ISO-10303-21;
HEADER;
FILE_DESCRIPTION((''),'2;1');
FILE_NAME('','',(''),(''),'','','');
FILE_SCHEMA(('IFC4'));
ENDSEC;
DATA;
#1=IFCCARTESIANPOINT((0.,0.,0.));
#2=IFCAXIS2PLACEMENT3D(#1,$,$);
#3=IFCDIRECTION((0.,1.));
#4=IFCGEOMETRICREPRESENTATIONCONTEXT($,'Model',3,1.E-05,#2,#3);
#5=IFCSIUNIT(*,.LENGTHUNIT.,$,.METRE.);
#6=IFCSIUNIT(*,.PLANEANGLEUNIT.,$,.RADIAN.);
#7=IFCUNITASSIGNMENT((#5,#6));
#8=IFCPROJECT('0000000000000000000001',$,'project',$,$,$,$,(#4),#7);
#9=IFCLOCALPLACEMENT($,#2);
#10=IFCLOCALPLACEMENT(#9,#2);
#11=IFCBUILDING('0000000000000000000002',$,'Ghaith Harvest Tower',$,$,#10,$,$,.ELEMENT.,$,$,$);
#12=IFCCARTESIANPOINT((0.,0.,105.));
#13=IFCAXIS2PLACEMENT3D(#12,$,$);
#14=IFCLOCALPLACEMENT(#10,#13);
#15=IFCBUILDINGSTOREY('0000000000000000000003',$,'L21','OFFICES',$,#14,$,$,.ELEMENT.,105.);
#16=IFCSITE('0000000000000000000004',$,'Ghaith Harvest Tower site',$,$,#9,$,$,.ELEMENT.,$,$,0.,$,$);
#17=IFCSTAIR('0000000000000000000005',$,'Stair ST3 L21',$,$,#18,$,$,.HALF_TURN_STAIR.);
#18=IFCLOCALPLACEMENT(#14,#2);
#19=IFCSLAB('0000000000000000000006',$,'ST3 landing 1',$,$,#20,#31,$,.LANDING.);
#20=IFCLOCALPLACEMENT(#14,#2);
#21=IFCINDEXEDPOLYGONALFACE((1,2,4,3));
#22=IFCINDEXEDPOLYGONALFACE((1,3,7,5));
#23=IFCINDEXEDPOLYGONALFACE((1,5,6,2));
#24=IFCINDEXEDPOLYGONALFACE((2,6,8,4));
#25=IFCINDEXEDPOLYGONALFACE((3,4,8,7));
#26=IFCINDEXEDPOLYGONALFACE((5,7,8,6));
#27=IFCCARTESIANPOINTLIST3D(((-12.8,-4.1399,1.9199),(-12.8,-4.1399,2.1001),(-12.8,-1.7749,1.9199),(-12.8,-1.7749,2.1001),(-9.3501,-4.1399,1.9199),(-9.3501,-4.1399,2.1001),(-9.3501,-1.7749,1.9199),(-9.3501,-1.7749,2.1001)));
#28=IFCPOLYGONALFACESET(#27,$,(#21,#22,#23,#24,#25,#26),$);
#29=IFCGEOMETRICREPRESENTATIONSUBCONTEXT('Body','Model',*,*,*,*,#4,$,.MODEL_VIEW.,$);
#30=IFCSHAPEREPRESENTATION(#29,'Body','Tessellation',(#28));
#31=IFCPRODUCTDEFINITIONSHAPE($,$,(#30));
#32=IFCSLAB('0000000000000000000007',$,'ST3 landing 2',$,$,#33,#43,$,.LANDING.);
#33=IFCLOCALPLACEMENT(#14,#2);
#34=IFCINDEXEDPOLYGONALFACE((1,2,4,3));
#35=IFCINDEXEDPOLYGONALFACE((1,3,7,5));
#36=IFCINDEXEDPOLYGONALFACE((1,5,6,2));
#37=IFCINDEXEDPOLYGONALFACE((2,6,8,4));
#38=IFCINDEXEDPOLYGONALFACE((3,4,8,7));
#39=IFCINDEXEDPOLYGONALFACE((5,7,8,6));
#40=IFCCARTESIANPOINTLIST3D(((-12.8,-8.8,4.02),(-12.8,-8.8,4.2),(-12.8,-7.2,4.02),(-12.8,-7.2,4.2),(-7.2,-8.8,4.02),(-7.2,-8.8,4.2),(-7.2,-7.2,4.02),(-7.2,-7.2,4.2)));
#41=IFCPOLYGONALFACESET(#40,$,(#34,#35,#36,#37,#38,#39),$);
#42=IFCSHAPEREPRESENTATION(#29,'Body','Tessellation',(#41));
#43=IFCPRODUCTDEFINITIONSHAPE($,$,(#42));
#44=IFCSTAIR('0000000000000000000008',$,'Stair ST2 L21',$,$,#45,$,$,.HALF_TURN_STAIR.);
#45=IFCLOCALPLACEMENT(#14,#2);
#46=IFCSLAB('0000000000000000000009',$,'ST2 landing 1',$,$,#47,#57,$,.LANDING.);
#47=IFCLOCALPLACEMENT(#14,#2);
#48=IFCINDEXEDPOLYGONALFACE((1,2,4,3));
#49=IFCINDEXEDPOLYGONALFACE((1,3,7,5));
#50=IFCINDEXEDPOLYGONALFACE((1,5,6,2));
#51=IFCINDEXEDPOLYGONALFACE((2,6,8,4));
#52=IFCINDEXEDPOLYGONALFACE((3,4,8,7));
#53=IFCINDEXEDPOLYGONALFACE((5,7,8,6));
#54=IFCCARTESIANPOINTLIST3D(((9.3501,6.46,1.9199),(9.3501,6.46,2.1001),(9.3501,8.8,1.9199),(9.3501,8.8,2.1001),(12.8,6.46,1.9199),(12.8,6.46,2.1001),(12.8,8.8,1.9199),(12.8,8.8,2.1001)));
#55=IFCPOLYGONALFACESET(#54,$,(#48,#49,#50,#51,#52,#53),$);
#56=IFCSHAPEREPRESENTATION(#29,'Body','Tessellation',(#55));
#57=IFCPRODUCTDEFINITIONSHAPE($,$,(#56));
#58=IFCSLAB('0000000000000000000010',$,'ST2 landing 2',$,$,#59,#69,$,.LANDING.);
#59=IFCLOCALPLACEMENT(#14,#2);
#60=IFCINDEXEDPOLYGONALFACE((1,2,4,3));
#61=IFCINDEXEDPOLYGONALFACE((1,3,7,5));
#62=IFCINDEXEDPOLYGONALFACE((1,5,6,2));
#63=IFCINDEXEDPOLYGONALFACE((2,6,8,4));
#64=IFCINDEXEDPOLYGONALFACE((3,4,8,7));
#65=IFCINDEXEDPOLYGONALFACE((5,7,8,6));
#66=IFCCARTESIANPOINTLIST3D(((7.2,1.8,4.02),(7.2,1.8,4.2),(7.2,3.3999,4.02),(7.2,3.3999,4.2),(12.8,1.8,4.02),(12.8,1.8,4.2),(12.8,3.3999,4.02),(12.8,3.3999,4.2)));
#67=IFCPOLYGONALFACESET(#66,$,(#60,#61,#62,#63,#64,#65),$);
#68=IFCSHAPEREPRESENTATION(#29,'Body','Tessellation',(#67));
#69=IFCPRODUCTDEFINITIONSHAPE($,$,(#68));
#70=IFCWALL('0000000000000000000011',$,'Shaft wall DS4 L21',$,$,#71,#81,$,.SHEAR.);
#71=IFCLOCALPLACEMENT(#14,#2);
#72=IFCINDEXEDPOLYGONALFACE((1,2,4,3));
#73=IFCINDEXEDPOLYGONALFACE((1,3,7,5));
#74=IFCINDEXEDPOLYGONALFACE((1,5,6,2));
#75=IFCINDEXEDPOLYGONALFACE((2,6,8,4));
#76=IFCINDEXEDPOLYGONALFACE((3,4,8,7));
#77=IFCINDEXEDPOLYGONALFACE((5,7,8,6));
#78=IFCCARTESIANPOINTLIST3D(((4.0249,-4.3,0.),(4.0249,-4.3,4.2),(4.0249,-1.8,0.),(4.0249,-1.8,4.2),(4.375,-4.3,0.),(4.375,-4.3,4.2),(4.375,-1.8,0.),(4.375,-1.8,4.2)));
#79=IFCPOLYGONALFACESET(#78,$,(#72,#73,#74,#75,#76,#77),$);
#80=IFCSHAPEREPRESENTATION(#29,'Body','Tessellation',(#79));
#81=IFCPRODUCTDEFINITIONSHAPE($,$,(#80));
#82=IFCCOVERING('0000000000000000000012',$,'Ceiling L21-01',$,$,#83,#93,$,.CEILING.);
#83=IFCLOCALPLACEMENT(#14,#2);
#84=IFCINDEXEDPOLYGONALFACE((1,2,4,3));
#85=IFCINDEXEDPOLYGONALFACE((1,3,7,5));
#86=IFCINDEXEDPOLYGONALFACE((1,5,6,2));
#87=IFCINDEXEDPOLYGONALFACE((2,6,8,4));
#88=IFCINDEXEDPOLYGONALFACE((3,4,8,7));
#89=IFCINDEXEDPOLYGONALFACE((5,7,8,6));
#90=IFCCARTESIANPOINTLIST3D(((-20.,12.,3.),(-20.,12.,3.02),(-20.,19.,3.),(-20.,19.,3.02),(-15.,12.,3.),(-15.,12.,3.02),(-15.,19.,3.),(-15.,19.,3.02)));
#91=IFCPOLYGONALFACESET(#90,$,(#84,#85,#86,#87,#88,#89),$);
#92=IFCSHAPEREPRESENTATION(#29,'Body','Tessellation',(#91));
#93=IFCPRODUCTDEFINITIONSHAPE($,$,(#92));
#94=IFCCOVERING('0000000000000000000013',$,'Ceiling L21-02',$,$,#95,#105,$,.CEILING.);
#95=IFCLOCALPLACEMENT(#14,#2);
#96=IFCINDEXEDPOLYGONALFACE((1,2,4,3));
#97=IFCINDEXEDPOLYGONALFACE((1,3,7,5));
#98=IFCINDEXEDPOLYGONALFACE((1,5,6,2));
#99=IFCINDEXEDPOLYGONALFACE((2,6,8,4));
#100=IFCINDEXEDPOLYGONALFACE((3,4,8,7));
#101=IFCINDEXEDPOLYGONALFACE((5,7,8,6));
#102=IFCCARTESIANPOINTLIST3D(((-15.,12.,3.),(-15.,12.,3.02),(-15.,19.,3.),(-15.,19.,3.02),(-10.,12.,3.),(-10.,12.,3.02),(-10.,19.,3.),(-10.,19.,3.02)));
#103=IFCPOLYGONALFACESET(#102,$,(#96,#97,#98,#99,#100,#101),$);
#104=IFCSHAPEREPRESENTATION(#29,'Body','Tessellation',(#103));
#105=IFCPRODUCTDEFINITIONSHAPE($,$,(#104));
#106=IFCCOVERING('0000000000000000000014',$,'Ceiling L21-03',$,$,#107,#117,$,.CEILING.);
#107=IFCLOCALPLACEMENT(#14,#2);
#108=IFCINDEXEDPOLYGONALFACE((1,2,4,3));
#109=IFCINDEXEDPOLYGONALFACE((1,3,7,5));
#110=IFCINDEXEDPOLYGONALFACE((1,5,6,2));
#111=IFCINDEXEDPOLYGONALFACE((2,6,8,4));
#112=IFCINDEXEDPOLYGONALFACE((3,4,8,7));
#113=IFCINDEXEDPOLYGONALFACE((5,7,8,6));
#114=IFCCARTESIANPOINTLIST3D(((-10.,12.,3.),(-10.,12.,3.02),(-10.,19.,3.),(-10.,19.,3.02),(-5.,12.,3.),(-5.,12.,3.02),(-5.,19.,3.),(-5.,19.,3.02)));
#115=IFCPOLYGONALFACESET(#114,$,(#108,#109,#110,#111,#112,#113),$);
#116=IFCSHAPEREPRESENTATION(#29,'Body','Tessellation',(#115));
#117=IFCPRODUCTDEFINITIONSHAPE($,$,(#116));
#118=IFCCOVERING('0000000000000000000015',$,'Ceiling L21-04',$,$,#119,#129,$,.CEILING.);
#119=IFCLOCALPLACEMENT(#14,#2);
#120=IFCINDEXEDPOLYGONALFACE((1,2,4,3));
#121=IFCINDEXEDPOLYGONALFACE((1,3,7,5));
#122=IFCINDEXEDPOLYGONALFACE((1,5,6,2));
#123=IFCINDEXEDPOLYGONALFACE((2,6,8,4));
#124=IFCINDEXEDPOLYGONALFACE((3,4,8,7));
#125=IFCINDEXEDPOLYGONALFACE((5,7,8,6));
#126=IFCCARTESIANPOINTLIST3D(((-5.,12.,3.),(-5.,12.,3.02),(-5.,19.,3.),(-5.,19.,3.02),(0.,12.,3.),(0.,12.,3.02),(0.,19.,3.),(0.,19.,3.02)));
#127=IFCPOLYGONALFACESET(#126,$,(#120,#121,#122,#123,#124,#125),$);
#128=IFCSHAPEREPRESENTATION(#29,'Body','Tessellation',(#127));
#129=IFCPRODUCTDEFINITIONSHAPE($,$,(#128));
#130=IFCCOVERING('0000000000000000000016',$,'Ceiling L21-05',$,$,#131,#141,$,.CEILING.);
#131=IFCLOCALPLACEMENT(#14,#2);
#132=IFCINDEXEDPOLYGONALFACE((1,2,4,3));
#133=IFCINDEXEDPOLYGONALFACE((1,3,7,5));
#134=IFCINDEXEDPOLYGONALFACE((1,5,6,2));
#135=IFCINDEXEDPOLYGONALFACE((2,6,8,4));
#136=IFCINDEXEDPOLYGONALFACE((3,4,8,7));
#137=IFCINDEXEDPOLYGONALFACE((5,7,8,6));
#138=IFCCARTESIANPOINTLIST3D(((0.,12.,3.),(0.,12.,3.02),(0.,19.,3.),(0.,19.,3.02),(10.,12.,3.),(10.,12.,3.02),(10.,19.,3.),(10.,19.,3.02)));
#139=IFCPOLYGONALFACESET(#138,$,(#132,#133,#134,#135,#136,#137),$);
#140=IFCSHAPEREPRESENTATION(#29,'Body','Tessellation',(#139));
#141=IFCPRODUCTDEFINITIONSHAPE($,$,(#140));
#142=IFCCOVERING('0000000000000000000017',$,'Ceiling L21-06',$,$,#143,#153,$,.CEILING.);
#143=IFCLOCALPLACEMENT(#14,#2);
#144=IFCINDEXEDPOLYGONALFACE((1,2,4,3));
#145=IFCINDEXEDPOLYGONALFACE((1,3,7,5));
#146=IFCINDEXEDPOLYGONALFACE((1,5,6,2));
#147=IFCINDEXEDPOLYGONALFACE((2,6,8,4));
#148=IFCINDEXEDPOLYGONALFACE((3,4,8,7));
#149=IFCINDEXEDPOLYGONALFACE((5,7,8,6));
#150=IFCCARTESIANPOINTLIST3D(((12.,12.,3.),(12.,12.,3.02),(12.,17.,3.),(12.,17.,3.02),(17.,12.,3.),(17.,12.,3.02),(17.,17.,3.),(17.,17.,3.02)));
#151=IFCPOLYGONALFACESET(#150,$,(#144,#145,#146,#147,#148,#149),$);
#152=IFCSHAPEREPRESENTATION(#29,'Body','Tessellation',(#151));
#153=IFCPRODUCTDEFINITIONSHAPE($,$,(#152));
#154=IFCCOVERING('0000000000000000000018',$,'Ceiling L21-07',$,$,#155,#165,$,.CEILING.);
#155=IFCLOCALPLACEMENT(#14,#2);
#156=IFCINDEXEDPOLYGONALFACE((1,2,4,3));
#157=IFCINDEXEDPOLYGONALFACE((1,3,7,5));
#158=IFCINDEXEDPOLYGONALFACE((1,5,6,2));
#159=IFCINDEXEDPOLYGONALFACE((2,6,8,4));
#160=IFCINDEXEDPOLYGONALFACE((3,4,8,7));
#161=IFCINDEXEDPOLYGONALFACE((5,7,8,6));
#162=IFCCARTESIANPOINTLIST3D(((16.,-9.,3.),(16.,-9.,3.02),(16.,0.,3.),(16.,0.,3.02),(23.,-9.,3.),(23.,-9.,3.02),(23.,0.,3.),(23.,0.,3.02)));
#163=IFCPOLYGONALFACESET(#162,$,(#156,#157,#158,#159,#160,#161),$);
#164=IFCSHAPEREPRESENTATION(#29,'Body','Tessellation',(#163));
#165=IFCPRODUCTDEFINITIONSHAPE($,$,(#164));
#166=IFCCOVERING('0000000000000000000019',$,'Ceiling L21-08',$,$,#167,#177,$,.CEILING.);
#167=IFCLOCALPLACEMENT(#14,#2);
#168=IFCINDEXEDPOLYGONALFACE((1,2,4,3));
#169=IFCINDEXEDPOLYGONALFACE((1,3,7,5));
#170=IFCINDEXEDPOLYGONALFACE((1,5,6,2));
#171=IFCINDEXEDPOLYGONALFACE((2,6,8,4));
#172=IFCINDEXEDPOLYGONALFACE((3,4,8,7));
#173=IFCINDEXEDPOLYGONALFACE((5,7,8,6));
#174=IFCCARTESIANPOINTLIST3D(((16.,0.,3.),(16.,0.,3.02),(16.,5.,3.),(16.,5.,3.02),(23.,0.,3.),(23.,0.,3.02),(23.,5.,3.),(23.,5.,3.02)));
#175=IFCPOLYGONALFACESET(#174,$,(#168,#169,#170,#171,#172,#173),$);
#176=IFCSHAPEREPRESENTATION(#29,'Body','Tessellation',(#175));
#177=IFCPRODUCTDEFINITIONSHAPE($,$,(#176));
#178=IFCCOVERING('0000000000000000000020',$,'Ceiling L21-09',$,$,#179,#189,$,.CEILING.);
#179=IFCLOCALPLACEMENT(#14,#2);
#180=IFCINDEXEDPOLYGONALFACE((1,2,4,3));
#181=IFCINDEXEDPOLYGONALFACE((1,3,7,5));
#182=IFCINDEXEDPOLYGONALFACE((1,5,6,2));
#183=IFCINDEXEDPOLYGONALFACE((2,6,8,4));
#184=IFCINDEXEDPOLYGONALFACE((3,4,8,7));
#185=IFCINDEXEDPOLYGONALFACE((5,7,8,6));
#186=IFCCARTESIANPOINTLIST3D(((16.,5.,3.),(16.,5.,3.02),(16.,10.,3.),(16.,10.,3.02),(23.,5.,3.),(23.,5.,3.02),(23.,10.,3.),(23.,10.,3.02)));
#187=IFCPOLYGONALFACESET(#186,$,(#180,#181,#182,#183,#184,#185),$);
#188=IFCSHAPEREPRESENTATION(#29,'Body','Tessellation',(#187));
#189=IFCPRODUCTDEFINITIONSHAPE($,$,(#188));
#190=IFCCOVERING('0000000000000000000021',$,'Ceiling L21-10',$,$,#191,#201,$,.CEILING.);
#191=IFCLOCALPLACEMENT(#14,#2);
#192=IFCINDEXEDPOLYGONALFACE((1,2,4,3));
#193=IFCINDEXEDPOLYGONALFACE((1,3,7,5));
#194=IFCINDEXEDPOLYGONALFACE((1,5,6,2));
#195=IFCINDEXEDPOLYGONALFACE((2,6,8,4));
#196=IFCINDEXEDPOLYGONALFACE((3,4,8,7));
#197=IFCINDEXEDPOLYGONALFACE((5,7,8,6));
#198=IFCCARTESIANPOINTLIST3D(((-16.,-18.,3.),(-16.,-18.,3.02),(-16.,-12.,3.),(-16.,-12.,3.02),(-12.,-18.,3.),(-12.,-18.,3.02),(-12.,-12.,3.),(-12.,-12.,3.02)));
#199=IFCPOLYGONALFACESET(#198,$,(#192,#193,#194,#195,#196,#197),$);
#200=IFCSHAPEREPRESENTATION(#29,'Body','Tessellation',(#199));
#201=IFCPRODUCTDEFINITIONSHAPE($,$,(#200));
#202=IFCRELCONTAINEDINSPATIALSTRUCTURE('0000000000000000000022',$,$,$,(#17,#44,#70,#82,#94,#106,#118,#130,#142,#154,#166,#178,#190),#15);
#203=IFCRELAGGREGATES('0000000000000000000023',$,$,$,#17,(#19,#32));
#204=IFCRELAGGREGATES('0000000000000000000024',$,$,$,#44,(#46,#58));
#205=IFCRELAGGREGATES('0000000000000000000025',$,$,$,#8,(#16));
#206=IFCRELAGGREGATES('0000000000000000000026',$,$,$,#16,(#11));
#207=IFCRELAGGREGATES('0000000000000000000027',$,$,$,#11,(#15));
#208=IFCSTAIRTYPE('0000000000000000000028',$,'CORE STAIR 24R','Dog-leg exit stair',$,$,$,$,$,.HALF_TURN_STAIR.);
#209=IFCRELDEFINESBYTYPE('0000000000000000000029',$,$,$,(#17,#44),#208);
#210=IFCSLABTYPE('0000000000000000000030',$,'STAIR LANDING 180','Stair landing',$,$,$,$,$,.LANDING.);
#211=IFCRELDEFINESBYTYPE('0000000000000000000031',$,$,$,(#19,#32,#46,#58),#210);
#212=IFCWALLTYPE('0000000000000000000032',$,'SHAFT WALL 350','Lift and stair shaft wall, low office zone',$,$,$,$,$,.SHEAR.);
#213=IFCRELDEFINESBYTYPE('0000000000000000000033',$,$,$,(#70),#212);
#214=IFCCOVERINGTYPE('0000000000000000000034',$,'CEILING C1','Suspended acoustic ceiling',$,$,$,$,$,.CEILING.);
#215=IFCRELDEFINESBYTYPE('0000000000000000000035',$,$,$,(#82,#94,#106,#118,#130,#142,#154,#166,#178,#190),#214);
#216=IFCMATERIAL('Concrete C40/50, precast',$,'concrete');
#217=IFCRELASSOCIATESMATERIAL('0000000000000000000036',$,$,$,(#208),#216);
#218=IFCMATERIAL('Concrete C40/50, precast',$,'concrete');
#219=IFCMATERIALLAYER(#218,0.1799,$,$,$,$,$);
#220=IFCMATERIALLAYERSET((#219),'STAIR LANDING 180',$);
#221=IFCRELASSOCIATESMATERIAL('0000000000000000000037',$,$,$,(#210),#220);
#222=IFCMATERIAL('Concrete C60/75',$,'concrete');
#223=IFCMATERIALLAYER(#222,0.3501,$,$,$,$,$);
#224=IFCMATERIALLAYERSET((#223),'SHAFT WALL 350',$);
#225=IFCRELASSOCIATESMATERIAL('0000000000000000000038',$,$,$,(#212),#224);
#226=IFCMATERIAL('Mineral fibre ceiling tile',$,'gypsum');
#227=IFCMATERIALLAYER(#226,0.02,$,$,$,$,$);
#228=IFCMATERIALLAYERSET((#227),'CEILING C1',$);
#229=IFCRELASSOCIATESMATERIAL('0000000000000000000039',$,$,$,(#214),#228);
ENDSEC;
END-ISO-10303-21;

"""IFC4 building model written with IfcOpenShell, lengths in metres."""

from ifc_helpers import new_model, si_unit, direction, frame, frame_2d, origin, place, context, subcontext, project, spatial, polyline, rectangle, outline, extrude, material, layer, layer_set, type_object, element, aggregate, save


model = new_model("IFC4")

# Units and contexts
model_context = context("Model", 3, precision=1e-05, world=origin(), true_north=direction((0.0, 1.0)))
body_context = subcontext(model_context, "Body", "Model", "MODEL_VIEW")
ifc_project = project(units=[si_unit("LENGTHUNIT", "METRE"), si_unit("PLANEANGLEUNIT", "RADIAN")], contexts=[model_context])

# Site, building, storey
site_placement = place(None, origin())
site = spatial("IfcSite", under=ifc_project, at=site_placement, Name="Ghaith Harvest Tower site", CompositionType="ELEMENT", RefElevation=0.0)
building_placement = place(site_placement, origin())
building = spatial("IfcBuilding", under=site, at=building_placement, Name="Ghaith Harvest Tower", CompositionType="ELEMENT")
storey_placement = place(building_placement, frame((0.0, 0.0, 105.0)))
storey = spatial("IfcBuildingStorey", under=building, at=storey_placement, Name="L21", Description="OFFICES", CompositionType="ELEMENT", Elevation=105.0)

# Stairs, slabs
ifc_material_1 = material(Name="Concrete C40/50, precast", Category="concrete")
stair_type = type_object("IfcStairType", Name="CORE STAIR 24R", Description="Dog-leg exit stair", PredefinedType="HALF_TURN_STAIR", material=ifc_material_1)
ifc_material_2 = material(Name="Concrete C40/50, precast", Category="concrete")
ifc_layer_1 = layer(ifc_material_2, 0.1799)
ifc_layer_set_1 = layer_set([ifc_layer_1], Name="STAIR LANDING 180")
slab_type_1 = type_object("IfcSlabType", Name="STAIR LANDING 180", Description="Stair landing", PredefinedType="LANDING", material=ifc_layer_set_1)
stair_1_placement = place(storey_placement, origin())
stair_1 = element("IfcStair", 1, at=stair_1_placement, inside=storey, type_object=stair_type, Name="Stair ST3 L21", PredefinedType="HALF_TURN_STAIR")
slab_1_placement = place(storey_placement, frame((0.0, 0.0, 1.9199)))
slab_1 = element("IfcSlab", 2, at=slab_1_placement, type_object=slab_type_1, Name="ST3 landing 1", PredefinedType="LANDING", context=body_context, shape_type="SweptSolid", body=[
    extrude(outline(polyline([(-12.8, -4.1399), (-12.8, -1.7749), (-9.3501, -1.7749), (-9.3501, -4.1399), (-12.8, -4.1399)])), origin(), (0.0, 0.0, 1.0), 0.1802),
])
slab_2_placement = place(storey_placement, frame((0.0, 0.0, 4.02)))
slab_2 = element("IfcSlab", 3, at=slab_2_placement, type_object=slab_type_1, Name="ST3 landing 2", PredefinedType="LANDING", context=body_context, shape_type="SweptSolid", body=[
    extrude(outline(polyline([(-12.8, -8.8), (-12.8, -7.2), (-7.2, -7.2), (-7.2, -8.8), (-12.8, -8.8)])), origin(), (0.0, 0.0, 1.0), 0.1799),
])
aggregate(stair_1, [slab_1, slab_2])
stair_2_placement = place(storey_placement, origin())
stair_2 = element("IfcStair", 4, at=stair_2_placement, inside=storey, type_object=stair_type, Name="Stair ST2 L21", PredefinedType="HALF_TURN_STAIR")
slab_3_placement = place(storey_placement, frame((0.0, 0.0, 1.9199)))
slab_3 = element("IfcSlab", 5, at=slab_3_placement, type_object=slab_type_1, Name="ST2 landing 1", PredefinedType="LANDING", context=body_context, shape_type="SweptSolid", body=[
    extrude(outline(polyline([(12.8, 6.46), (12.8, 8.8), (9.3501, 8.8), (9.3501, 6.46), (12.8, 6.46)])), origin(), (0.0, 0.0, 1.0), 0.1802),
])
slab_4_placement = place(storey_placement, frame((0.0, 0.0, 4.02)))
slab_4 = element("IfcSlab", 6, at=slab_4_placement, type_object=slab_type_1, Name="ST2 landing 2", PredefinedType="LANDING", context=body_context, shape_type="SweptSolid", body=[
    extrude(outline(polyline([(12.8, 1.8), (12.8, 3.3999), (7.2, 3.3999), (7.2, 1.8), (12.8, 1.8)])), origin(), (0.0, 0.0, 1.0), 0.1799),
])
aggregate(stair_2, [slab_3, slab_4])

# Shared definitions
ifc_material_3 = material(Name="Concrete C60/75", Category="concrete")
ifc_layer_2 = layer(ifc_material_3, 0.3501)
ifc_layer_set_2 = layer_set([ifc_layer_2], Name="SHAFT WALL 350")
wall_type = type_object("IfcWallType", Name="SHAFT WALL 350", Description="Lift and stair shaft wall, low office zone", PredefinedType="SHEAR", material=ifc_layer_set_2)

# Wall
wall_1_placement = place(storey_placement, frame((4.2, -4.3, 0.0), z_axis=(0.0, 0.0, 1.0), x_axis=(0.0, 1.0, 0.0)))
element("IfcWall", 7, at=wall_1_placement, inside=storey, type_object=wall_type, Name="Shaft wall DS4 L21", PredefinedType="SHEAR", context=body_context, shape_type="SweptSolid", body=[
    extrude(rectangle(XDim=2.5, YDim=0.3501, at=frame_2d((1.25, 0.0))), origin(), (0.0, 0.0, 1.0), 4.2),
])

# Coverings
ifc_material_4 = material(Name="Mineral fibre ceiling tile", Category="gypsum")
ifc_layer_3 = layer(ifc_material_4, 0.02)
ifc_layer_set_3 = layer_set([ifc_layer_3], Name="CEILING C1")
covering_type = type_object("IfcCoveringType", Name="CEILING C1", Description="Suspended acoustic ceiling", PredefinedType="CEILING", material=ifc_layer_set_3)
covering_1_placement = place(storey_placement, frame((0.0, 0.0, 3.0)))
element("IfcCovering", 8, at=covering_1_placement, inside=storey, type_object=covering_type, Name="Ceiling L21-01", PredefinedType="CEILING", context=body_context, shape_type="SweptSolid", body=[
    extrude(outline(polyline([(-20.0, 12.0), (-15.0, 12.0), (-15.0, 19.0), (-20.0, 19.0), (-20.0, 12.0)])), origin(), (0.0, 0.0, 1.0), 0.02),
])
covering_2_placement = place(storey_placement, frame((0.0, 0.0, 3.0)))
element("IfcCovering", 9, at=covering_2_placement, inside=storey, type_object=covering_type, Name="Ceiling L21-02", PredefinedType="CEILING", context=body_context, shape_type="SweptSolid", body=[
    extrude(outline(polyline([(-15.0, 12.0), (-10.0, 12.0), (-10.0, 19.0), (-15.0, 19.0), (-15.0, 12.0)])), origin(), (0.0, 0.0, 1.0), 0.02),
])
covering_3_placement = place(storey_placement, frame((0.0, 0.0, 3.0)))
element("IfcCovering", 10, at=covering_3_placement, inside=storey, type_object=covering_type, Name="Ceiling L21-03", PredefinedType="CEILING", context=body_context, shape_type="SweptSolid", body=[
    extrude(outline(polyline([(-10.0, 12.0), (-5.0, 12.0), (-5.0, 19.0), (-10.0, 19.0), (-10.0, 12.0)])), origin(), (0.0, 0.0, 1.0), 0.02),
])
covering_4_placement = place(storey_placement, frame((0.0, 0.0, 3.0)))
element("IfcCovering", 11, at=covering_4_placement, inside=storey, type_object=covering_type, Name="Ceiling L21-04", PredefinedType="CEILING", context=body_context, shape_type="SweptSolid", body=[
    extrude(outline(polyline([(-5.0, 12.0), (0.0, 12.0), (0.0, 19.0), (-5.0, 19.0), (-5.0, 12.0)])), origin(), (0.0, 0.0, 1.0), 0.02),
])
covering_5_placement = place(storey_placement, frame((0.0, 0.0, 3.0)))
element("IfcCovering", 12, at=covering_5_placement, inside=storey, type_object=covering_type, Name="Ceiling L21-05", PredefinedType="CEILING", context=body_context, shape_type="SweptSolid", body=[
    extrude(outline(polyline([(0.0, 12.0), (10.0, 12.0), (10.0, 19.0), (0.0, 19.0), (0.0, 12.0)])), origin(), (0.0, 0.0, 1.0), 0.02),
])
covering_6_placement = place(storey_placement, frame((0.0, 0.0, 3.0)))
element("IfcCovering", 13, at=covering_6_placement, inside=storey, type_object=covering_type, Name="Ceiling L21-06", PredefinedType="CEILING", context=body_context, shape_type="SweptSolid", body=[
    extrude(outline(polyline([(12.0, 12.0), (17.0, 12.0), (17.0, 17.0), (12.0, 17.0), (12.0, 12.0)])), origin(), (0.0, 0.0, 1.0), 0.02),
])
covering_7_placement = place(storey_placement, frame((0.0, 0.0, 3.0)))
element("IfcCovering", 14, at=covering_7_placement, inside=storey, type_object=covering_type, Name="Ceiling L21-07", PredefinedType="CEILING", context=body_context, shape_type="SweptSolid", body=[
    extrude(outline(polyline([(16.0, -9.0), (23.0, -9.0), (23.0, 0.0), (16.0, 0.0), (16.0, -9.0)])), origin(), (0.0, 0.0, 1.0), 0.02),
])
covering_8_placement = place(storey_placement, frame((0.0, 0.0, 3.0)))
element("IfcCovering", 15, at=covering_8_placement, inside=storey, type_object=covering_type, Name="Ceiling L21-08", PredefinedType="CEILING", context=body_context, shape_type="SweptSolid", body=[
    extrude(outline(polyline([(16.0, 0.0), (23.0, 0.0), (23.0, 5.0), (16.0, 5.0), (16.0, 0.0)])), origin(), (0.0, 0.0, 1.0), 0.02),
])
covering_9_placement = place(storey_placement, frame((0.0, 0.0, 3.0)))
element("IfcCovering", 16, at=covering_9_placement, inside=storey, type_object=covering_type, Name="Ceiling L21-09", PredefinedType="CEILING", context=body_context, shape_type="SweptSolid", body=[
    extrude(outline(polyline([(16.0, 5.0), (23.0, 5.0), (23.0, 10.0), (16.0, 10.0), (16.0, 5.0)])), origin(), (0.0, 0.0, 1.0), 0.02),
])
covering_10_placement = place(storey_placement, frame((0.0, 0.0, 3.0)))
element("IfcCovering", 17, at=covering_10_placement, inside=storey, type_object=covering_type, Name="Ceiling L21-10", PredefinedType="CEILING", context=body_context, shape_type="SweptSolid", body=[
    extrude(outline(polyline([(-16.0, -18.0), (-12.0, -18.0), (-12.0, -12.0), (-16.0, -12.0), (-16.0, -18.0)])), origin(), (0.0, 0.0, 1.0), 0.02),
])

save(model, "model.ifc")
